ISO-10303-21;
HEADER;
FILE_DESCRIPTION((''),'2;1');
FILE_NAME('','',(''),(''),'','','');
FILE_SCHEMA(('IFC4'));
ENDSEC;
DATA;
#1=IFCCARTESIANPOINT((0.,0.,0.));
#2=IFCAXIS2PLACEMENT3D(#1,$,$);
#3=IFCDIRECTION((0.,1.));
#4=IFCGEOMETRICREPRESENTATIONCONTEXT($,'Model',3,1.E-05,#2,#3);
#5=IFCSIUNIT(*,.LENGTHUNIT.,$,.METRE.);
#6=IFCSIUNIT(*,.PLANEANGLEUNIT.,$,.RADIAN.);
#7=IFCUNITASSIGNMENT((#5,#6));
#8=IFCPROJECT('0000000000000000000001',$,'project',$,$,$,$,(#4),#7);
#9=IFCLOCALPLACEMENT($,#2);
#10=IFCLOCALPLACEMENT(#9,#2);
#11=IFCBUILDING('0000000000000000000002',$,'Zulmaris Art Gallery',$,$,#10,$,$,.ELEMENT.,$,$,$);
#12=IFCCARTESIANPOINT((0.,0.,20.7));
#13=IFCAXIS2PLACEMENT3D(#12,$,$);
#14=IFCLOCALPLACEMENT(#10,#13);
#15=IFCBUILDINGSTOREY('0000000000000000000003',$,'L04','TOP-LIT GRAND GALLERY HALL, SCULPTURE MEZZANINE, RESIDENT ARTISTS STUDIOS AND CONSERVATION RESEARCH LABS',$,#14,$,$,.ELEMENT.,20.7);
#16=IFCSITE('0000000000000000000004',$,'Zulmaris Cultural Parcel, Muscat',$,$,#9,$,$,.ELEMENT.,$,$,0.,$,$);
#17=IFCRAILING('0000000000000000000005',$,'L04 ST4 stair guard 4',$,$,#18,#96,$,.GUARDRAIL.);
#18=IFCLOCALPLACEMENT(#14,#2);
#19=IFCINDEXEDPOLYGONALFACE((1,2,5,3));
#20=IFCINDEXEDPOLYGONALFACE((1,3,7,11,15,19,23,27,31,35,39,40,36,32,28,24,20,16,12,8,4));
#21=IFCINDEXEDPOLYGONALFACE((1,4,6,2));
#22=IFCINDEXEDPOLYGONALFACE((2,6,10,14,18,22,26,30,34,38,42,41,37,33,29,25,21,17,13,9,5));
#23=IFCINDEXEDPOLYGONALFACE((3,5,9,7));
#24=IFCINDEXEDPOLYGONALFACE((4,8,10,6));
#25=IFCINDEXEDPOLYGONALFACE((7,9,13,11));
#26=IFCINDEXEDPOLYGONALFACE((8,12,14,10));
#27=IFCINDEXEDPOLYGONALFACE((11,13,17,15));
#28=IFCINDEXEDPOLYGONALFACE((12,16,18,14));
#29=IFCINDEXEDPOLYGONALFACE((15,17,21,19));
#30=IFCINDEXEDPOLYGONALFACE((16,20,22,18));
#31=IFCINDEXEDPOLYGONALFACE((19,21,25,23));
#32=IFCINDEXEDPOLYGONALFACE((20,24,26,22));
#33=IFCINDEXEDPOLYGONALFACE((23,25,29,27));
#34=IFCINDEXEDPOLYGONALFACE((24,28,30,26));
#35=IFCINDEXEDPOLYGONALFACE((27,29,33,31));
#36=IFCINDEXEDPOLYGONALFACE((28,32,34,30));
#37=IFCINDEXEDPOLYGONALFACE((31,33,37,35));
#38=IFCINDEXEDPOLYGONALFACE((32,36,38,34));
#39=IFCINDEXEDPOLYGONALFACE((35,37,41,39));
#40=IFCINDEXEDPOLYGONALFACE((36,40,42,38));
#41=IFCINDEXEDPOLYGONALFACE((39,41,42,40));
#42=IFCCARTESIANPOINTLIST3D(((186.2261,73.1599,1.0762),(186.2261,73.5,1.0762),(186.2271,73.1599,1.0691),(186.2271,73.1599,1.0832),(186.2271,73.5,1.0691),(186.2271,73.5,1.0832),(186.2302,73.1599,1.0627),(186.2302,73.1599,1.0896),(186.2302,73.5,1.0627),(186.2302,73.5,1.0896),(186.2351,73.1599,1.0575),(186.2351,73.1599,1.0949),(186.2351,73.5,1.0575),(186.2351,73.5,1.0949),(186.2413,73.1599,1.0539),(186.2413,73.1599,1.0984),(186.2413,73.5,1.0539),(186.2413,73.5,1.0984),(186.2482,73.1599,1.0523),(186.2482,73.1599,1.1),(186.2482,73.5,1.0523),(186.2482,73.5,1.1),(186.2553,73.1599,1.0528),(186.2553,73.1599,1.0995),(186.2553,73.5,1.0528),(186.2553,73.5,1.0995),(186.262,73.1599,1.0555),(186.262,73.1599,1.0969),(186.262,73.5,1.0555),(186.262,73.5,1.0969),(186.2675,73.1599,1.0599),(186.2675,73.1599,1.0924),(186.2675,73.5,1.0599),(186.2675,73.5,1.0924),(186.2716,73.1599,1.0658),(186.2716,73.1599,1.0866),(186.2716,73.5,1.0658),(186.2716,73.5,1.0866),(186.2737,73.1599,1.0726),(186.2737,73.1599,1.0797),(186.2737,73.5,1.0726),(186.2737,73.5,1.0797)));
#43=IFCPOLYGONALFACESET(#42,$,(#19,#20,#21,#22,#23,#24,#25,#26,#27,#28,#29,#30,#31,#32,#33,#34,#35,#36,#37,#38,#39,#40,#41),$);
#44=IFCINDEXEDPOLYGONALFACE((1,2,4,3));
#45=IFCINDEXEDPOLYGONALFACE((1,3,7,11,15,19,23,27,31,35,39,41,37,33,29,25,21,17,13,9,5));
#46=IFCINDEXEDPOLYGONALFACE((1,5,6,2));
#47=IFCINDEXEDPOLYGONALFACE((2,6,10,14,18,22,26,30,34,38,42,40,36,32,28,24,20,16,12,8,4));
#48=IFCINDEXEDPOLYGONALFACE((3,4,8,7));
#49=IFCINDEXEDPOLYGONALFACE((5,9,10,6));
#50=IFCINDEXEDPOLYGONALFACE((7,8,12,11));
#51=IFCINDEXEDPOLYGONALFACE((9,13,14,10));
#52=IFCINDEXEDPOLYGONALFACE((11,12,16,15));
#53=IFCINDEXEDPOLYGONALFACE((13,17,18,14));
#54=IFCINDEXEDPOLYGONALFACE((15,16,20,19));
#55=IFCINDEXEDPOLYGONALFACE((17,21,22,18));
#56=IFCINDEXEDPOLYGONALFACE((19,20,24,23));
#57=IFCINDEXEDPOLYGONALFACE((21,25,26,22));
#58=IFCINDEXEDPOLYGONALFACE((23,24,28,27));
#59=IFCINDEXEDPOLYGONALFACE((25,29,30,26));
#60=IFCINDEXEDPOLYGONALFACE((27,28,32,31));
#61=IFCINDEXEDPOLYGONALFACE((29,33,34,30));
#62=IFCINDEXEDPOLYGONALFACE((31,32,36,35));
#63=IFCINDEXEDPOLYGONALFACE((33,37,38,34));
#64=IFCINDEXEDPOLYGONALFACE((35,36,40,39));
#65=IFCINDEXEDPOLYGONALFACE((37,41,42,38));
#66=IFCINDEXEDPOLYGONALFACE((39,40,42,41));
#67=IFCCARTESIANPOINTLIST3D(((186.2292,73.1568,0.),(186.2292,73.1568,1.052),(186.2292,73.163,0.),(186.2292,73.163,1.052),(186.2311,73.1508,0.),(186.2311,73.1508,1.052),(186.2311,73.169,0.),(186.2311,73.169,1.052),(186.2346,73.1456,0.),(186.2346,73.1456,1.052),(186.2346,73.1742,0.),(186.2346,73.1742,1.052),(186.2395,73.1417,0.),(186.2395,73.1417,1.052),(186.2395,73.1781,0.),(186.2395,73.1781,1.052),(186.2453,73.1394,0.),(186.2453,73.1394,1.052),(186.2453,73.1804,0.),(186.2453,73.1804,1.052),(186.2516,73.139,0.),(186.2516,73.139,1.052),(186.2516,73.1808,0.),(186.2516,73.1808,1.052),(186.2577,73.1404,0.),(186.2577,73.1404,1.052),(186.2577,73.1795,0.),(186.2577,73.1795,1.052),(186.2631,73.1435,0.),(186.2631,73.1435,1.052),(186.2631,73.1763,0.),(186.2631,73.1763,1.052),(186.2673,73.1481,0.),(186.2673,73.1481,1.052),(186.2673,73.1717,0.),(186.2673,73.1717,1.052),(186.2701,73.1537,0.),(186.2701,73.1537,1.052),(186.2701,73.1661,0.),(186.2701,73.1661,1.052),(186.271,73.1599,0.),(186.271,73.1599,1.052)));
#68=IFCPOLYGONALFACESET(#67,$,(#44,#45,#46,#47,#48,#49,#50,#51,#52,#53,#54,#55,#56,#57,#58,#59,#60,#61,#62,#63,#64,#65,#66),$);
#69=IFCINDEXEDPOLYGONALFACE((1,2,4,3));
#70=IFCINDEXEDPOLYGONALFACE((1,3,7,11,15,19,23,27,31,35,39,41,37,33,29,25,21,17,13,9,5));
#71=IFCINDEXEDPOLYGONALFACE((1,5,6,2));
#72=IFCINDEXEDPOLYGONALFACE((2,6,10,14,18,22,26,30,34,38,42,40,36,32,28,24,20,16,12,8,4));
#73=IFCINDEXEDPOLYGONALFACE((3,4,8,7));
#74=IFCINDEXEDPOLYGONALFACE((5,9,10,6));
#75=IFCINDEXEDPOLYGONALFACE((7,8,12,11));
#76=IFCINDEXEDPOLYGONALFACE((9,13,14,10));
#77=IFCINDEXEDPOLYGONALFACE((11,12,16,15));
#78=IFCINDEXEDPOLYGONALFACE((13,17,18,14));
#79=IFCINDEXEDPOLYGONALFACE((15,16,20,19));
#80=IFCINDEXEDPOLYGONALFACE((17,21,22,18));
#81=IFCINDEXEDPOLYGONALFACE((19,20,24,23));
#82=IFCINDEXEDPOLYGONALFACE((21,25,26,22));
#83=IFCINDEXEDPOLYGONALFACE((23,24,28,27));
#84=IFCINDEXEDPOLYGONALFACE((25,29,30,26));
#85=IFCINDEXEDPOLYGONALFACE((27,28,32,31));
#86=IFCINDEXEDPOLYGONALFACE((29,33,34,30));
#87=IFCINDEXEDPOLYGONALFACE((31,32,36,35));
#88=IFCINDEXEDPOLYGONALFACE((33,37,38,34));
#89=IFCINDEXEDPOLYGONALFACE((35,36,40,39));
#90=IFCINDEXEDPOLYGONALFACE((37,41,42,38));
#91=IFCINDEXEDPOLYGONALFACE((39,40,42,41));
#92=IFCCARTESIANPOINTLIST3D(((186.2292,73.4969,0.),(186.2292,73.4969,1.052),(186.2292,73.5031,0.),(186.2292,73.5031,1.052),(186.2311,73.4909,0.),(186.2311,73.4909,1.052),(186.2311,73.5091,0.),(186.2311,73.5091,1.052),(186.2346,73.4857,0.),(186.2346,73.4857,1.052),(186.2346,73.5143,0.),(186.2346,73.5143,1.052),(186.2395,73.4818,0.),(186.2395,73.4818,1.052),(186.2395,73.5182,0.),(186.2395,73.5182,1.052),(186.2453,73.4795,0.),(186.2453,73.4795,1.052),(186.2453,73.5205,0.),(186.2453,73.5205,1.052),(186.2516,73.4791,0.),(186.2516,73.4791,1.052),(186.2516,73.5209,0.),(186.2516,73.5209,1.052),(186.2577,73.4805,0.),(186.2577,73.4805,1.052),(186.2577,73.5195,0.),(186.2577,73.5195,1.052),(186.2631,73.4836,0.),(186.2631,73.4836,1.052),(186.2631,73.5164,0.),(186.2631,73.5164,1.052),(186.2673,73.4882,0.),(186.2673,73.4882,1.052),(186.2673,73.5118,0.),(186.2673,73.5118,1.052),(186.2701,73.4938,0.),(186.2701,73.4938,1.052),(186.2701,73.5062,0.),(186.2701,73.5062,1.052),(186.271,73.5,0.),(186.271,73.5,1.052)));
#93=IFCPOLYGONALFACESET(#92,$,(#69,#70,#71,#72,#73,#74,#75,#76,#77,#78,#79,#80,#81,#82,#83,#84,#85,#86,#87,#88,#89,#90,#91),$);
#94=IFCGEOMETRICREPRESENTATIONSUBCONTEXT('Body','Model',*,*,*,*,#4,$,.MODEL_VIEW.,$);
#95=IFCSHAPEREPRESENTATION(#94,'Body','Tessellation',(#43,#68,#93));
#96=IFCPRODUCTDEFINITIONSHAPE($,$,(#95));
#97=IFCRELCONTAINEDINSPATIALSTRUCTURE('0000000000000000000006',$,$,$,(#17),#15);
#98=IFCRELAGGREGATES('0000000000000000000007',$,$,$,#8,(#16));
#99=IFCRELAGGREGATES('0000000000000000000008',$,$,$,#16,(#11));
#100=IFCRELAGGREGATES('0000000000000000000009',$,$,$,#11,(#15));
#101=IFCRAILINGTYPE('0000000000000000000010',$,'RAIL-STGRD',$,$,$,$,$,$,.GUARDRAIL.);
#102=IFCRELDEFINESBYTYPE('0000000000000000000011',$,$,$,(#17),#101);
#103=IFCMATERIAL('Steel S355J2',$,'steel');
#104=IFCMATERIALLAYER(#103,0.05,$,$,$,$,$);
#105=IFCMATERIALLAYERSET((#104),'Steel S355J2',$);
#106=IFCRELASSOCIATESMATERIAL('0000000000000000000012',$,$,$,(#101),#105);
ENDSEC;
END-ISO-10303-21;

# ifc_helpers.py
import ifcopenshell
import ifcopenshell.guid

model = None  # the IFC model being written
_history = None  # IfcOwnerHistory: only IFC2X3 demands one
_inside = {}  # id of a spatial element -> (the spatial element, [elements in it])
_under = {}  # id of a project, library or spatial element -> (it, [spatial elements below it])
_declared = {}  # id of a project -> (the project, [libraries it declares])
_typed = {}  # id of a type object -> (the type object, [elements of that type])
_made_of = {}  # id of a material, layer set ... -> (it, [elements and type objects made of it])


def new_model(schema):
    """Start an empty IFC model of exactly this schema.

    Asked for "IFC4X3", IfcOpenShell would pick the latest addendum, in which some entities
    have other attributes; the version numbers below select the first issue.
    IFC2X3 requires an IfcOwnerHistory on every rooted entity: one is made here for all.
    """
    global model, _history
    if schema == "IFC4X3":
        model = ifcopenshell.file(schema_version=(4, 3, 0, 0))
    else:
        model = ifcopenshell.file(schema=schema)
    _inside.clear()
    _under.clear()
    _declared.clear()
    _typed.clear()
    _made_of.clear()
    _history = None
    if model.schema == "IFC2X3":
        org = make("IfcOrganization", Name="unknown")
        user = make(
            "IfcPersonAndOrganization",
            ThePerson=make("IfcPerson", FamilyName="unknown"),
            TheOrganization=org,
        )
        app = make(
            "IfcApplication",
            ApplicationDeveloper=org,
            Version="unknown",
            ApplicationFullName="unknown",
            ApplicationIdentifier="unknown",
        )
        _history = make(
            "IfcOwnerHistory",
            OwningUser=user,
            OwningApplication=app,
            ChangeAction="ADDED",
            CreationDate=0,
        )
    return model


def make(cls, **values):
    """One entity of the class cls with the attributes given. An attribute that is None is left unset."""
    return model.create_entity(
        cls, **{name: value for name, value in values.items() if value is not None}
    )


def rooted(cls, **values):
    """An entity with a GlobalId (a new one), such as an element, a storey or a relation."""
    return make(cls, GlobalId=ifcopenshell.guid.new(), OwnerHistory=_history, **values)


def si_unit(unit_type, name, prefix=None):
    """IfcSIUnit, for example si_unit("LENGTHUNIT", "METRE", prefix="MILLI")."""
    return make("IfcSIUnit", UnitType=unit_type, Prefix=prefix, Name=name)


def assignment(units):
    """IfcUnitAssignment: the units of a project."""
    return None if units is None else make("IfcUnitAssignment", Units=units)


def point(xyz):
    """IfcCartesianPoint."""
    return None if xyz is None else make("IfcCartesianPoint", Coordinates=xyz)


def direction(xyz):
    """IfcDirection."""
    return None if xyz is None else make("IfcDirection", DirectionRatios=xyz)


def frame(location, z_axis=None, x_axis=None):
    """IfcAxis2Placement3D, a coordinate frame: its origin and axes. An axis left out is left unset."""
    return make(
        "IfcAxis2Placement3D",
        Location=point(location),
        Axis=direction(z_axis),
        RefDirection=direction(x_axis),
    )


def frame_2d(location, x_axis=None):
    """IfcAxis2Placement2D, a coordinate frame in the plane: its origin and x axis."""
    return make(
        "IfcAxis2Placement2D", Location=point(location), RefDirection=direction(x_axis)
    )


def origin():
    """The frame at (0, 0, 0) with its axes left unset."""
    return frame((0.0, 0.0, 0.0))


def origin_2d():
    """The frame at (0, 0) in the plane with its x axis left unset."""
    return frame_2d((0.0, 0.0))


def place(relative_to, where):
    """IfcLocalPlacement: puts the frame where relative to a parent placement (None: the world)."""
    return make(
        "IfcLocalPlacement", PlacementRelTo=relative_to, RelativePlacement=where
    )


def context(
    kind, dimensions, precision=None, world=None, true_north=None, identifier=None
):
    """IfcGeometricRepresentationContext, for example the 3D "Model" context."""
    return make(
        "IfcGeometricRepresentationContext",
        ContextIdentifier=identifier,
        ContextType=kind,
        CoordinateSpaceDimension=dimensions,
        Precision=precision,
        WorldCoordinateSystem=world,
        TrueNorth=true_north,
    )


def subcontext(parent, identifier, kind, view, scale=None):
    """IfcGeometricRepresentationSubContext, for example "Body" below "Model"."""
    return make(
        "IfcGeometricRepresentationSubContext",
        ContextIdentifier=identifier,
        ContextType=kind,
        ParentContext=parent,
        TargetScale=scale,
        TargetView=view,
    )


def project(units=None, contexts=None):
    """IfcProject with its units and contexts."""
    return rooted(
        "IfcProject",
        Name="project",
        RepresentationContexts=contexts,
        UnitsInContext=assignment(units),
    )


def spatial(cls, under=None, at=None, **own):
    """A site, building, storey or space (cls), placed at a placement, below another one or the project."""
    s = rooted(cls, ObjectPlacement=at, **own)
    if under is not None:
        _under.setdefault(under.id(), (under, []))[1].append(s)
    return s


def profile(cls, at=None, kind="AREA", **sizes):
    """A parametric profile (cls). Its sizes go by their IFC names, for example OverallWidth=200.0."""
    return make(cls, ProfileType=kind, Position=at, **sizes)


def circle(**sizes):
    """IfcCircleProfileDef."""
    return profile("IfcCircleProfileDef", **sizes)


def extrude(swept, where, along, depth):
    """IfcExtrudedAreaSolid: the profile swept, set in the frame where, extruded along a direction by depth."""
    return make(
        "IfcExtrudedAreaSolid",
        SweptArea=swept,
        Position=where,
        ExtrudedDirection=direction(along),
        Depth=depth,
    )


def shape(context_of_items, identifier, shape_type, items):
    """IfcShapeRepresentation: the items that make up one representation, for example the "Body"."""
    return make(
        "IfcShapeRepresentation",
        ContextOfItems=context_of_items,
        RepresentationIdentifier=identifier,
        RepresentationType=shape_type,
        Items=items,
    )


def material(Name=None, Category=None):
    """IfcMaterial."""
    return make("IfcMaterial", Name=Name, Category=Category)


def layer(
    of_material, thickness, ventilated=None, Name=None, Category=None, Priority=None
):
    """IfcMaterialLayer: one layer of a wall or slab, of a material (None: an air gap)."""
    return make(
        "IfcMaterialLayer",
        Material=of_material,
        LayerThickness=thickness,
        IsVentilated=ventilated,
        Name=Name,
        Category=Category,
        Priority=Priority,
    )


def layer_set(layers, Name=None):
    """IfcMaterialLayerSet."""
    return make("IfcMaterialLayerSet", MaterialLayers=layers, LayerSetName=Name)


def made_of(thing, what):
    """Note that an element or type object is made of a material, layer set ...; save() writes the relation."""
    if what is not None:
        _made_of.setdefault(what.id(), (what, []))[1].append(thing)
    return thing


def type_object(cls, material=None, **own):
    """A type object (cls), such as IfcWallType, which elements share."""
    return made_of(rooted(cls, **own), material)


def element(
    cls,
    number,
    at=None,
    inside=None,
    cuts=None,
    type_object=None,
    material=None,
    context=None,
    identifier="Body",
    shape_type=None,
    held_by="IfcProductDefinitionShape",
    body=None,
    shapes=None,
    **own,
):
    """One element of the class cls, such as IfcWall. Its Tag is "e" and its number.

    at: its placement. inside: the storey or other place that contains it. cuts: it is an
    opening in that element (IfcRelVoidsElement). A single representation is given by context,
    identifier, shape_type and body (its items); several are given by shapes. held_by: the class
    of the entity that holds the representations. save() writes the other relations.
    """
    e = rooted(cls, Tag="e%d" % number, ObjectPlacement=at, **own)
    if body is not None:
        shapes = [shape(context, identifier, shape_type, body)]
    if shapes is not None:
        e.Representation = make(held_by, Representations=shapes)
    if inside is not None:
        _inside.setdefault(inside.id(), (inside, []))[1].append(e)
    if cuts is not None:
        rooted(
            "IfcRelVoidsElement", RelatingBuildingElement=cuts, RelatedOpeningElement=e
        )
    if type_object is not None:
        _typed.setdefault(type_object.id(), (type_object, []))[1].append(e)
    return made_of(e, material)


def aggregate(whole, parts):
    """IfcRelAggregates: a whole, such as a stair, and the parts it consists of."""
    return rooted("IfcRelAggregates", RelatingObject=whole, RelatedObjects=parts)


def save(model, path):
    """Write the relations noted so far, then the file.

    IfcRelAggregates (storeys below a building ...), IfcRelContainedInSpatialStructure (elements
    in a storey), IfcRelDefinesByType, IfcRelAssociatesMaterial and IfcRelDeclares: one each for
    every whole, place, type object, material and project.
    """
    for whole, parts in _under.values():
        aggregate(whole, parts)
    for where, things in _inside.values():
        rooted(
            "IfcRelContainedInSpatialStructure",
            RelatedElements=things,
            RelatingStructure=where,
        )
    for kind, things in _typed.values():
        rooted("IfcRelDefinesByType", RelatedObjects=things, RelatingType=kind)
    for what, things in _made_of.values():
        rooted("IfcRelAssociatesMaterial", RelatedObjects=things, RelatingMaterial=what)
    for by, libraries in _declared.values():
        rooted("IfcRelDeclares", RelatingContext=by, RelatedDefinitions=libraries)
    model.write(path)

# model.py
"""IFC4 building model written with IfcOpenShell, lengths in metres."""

from ifc_helpers import new_model, si_unit, direction, frame, origin, origin_2d, place, context, subcontext, project, spatial, circle, extrude, material, layer, layer_set, type_object, element, save


model = new_model("IFC4")

# Units and contexts
model_context = context("Model", 3, precision=1e-05, world=origin(), true_north=direction((0.0, 1.0)))
body_context = subcontext(model_context, "Body", "Model", "MODEL_VIEW")
ifc_project = project(units=[si_unit("LENGTHUNIT", "METRE"), si_unit("PLANEANGLEUNIT", "RADIAN")], contexts=[model_context])

# Site, building, storey
site_placement = place(None, origin())
site = spatial("IfcSite", under=ifc_project, at=site_placement, Name="Zulmaris Cultural Parcel, Muscat", CompositionType="ELEMENT", RefElevation=0.0)
building_placement = place(site_placement, origin())
building = spatial("IfcBuilding", under=site, at=building_placement, Name="Zulmaris Art Gallery", CompositionType="ELEMENT")
storey_placement = place(building_placement, frame((0.0, 0.0, 20.7)))
storey = spatial("IfcBuildingStorey", under=building, at=storey_placement, Name="L04", Description="TOP-LIT GRAND GALLERY HALL, SCULPTURE MEZZANINE, RESIDENT ARTISTS STUDIOS AND CONSERVATION RESEARCH LABS", CompositionType="ELEMENT", Elevation=20.7)

# Shared definitions
ifc_material_1 = material(Name="Steel S355J2", Category="steel")

# Railing
ifc_layer_1 = layer(ifc_material_1, 0.05)
ifc_layer_set_1 = layer_set([ifc_layer_1], Name="Steel S355J2")
railing_type_1 = type_object("IfcRailingType", Name="RAIL-STGRD", PredefinedType="GUARDRAIL", material=ifc_layer_set_1)
railing_1_placement = place(storey_placement, frame((186.25, 73.1599, 0.0)))
element("IfcRailing", 1, at=railing_1_placement, inside=storey, type_object=railing_type_1, Name="L04 ST4 stair guard 4", PredefinedType="GUARDRAIL", context=body_context, shape_type="SweptSolid", body=[
    extrude(circle(Radius=0.0239, at=origin_2d()), frame((0.0, 0.0, 1.0762), z_axis=(0.0, 1.0, 0.0), x_axis=(-1.0, 0.0, 0.0)), (0.0, 0.0, 1.0), 0.3401),
    extrude(circle(Radius=0.021, at=origin_2d()), origin(), (0.0, 0.0, 1.0), 1.052),
    extrude(circle(Radius=0.021, at=origin_2d()), frame((0.0, 0.3401, 0.0)), (0.0, 0.0, 1.0), 1.052),
])

save(model, "model.ifc")
